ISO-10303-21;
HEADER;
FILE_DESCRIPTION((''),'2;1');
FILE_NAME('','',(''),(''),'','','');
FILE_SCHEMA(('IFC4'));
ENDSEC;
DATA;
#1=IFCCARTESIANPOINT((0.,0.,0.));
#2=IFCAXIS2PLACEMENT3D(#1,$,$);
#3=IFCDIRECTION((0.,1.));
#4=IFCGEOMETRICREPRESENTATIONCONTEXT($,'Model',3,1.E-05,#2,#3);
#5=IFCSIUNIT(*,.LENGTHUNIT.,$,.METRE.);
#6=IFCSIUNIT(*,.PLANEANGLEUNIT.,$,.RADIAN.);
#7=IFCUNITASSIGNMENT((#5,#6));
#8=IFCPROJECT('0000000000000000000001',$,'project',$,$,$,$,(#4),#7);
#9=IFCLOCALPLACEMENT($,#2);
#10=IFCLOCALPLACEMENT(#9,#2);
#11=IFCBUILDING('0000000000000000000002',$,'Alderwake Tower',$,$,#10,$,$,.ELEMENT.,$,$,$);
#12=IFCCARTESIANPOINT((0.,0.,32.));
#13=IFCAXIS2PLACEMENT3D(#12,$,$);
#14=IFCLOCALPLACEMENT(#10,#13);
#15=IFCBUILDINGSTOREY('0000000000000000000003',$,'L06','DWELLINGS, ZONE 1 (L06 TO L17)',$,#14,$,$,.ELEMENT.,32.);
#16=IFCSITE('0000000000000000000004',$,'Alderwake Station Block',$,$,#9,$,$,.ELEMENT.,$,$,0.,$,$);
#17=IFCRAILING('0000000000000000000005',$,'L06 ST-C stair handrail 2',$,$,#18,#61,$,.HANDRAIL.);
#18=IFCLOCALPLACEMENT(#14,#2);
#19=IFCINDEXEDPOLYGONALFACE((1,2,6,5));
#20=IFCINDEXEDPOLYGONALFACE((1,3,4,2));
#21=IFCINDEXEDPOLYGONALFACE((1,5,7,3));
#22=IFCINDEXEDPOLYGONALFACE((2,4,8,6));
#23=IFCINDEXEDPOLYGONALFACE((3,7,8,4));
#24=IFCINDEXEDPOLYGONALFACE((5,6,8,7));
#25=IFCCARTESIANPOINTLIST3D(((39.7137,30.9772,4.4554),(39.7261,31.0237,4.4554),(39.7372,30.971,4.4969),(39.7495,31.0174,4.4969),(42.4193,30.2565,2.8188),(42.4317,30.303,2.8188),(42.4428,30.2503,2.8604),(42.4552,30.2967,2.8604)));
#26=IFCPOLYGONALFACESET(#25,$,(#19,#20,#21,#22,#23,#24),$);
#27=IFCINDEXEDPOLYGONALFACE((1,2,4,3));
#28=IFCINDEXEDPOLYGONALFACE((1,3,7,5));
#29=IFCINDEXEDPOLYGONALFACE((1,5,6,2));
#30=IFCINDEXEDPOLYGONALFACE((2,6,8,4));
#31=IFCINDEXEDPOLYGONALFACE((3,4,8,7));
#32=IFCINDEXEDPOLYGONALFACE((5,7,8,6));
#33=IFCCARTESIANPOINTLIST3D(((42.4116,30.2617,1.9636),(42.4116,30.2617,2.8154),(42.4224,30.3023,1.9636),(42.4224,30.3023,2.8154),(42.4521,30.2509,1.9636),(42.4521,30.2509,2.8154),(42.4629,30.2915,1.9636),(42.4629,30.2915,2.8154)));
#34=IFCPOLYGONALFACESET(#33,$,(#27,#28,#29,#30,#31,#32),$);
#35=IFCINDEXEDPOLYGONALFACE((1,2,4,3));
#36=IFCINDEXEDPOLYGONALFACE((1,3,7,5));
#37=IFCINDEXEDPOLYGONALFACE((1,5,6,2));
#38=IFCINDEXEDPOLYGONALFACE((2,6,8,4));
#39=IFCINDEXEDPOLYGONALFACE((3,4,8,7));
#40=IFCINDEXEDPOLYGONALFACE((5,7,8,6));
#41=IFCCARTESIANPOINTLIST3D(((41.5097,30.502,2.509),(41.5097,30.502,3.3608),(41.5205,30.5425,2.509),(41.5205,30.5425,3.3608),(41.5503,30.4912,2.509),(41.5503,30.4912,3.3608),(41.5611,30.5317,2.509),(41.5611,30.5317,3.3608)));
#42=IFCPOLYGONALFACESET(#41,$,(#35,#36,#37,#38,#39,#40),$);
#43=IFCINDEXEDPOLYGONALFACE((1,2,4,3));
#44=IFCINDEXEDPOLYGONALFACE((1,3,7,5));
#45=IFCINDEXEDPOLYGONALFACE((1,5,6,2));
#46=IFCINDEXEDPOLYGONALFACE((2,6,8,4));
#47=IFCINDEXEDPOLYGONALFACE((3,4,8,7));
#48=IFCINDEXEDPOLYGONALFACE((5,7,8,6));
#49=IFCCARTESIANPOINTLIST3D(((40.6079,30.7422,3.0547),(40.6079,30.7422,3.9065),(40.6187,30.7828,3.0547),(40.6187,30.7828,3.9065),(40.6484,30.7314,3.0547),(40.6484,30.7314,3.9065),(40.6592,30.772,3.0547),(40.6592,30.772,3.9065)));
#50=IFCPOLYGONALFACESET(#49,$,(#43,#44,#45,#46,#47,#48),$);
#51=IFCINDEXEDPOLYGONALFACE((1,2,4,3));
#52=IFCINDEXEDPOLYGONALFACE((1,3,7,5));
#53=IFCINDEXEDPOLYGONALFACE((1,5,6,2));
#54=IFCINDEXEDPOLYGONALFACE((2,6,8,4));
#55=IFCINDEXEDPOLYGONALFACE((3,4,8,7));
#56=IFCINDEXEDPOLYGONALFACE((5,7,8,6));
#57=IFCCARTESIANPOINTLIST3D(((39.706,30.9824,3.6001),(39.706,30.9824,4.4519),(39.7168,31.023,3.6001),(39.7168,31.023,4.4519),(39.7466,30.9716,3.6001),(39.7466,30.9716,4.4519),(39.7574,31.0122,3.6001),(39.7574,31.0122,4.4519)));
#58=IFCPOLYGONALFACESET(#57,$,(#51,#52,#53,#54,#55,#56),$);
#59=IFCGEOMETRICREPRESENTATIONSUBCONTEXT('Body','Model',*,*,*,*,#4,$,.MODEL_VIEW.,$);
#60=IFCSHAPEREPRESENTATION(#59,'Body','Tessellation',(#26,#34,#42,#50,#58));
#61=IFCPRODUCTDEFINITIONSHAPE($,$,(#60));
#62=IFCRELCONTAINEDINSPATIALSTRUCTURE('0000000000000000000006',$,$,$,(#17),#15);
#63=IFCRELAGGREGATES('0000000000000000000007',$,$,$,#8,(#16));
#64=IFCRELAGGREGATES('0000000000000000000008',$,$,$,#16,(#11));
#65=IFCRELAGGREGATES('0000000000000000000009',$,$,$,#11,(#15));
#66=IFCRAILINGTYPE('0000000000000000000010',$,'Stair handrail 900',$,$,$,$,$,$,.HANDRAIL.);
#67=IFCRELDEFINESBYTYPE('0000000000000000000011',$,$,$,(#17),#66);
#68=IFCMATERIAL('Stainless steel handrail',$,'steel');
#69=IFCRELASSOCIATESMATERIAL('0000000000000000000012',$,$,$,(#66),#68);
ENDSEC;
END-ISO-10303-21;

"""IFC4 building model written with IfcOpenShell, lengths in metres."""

from ifc_helpers import new_model, si_unit, direction, frame, origin, origin_2d, place, context, subcontext, project, spatial, rectangle, extrude, material, type_object, element, save


model = new_model("IFC4")

# Units and contexts
model_context = context("Model", 3, precision=1e-05, world=origin(), true_north=direction((0.0, 1.0)))
body_context = subcontext(model_context, "Body", "Model", "MODEL_VIEW")
ifc_project = project(units=[si_unit("LENGTHUNIT", "METRE"), si_unit("PLANEANGLEUNIT", "RADIAN")], contexts=[model_context])

# Site, building, storey
site_placement = place(None, origin())
site = spatial("IfcSite", under=ifc_project, at=site_placement, Name="Alderwake Station Block", CompositionType="ELEMENT", RefElevation=0.0)
building_placement = place(site_placement, origin())
building = spatial("IfcBuilding", under=site, at=building_placement, Name="Alderwake Tower", CompositionType="ELEMENT")
storey_placement = place(building_placement, frame((0.0, 0.0, 32.0)))
storey = spatial("IfcBuildingStorey", under=building, at=storey_placement, Name="L06", Description="DWELLINGS, ZONE 1 (L06 TO L17)", CompositionType="ELEMENT", Elevation=32.0)

# Railing
ifc_material_1 = material(Name="Stainless steel handrail", Category="steel")
railing_type_1 = type_object("IfcRailingType", Name="Stair handrail 900", PredefinedType="HANDRAIL", material=ifc_material_1)
railing_1_placement = place(storey_placement, frame((42.4373, 30.2766, 1.9636)))
element("IfcRailing", 1, at=railing_1_placement, inside=storey, type_object=railing_type_1, Name="L06 ST-C stair handrail 2", PredefinedType="HANDRAIL", context=body_context, shape_type="SweptSolid", body=[
    extrude(rectangle(XDim=0.0481, YDim=0.0481, at=origin_2d()), frame((0.0, 0.0, 0.876), z_axis=(-0.834259, 0.222228, 0.504605), x_axis=(-0.257402, -0.966304, 0.0)), (0.0, 0.0, 1.0), 3.2432),
    extrude(rectangle(XDim=0.042, YDim=0.042, at=origin_2d()), frame((0.0, 0.0, 0.0), z_axis=(0.0, 0.0, 1.0), x_axis=(-0.966304, 0.257402, 0.0)), (0.0, 0.0, 1.0), 0.8518),
    extrude(rectangle(XDim=0.042, YDim=0.042, at=origin_2d()), frame((-0.9019, 0.2402, 0.5454), z_axis=(0.0, 0.0, 1.0), x_axis=(-0.966304, 0.257402, 0.0)), (0.0, 0.0, 1.0), 0.8518),
    extrude(rectangle(XDim=0.042, YDim=0.042, at=origin_2d()), frame((-1.8037, 0.4805, 1.0911), z_axis=(0.0, 0.0, 1.0), x_axis=(-0.966304, 0.257402, 0.0)), (0.0, 0.0, 1.0), 0.8518),
    extrude(rectangle(XDim=0.042, YDim=0.042, at=origin_2d()), frame((-2.7056, 0.7207, 1.6365), z_axis=(0.0, 0.0, 1.0), x_axis=(-0.966304, 0.257402, 0.0)), (0.0, 0.0, 1.0), 0.8518),
])

save(model, "model.ifc")
